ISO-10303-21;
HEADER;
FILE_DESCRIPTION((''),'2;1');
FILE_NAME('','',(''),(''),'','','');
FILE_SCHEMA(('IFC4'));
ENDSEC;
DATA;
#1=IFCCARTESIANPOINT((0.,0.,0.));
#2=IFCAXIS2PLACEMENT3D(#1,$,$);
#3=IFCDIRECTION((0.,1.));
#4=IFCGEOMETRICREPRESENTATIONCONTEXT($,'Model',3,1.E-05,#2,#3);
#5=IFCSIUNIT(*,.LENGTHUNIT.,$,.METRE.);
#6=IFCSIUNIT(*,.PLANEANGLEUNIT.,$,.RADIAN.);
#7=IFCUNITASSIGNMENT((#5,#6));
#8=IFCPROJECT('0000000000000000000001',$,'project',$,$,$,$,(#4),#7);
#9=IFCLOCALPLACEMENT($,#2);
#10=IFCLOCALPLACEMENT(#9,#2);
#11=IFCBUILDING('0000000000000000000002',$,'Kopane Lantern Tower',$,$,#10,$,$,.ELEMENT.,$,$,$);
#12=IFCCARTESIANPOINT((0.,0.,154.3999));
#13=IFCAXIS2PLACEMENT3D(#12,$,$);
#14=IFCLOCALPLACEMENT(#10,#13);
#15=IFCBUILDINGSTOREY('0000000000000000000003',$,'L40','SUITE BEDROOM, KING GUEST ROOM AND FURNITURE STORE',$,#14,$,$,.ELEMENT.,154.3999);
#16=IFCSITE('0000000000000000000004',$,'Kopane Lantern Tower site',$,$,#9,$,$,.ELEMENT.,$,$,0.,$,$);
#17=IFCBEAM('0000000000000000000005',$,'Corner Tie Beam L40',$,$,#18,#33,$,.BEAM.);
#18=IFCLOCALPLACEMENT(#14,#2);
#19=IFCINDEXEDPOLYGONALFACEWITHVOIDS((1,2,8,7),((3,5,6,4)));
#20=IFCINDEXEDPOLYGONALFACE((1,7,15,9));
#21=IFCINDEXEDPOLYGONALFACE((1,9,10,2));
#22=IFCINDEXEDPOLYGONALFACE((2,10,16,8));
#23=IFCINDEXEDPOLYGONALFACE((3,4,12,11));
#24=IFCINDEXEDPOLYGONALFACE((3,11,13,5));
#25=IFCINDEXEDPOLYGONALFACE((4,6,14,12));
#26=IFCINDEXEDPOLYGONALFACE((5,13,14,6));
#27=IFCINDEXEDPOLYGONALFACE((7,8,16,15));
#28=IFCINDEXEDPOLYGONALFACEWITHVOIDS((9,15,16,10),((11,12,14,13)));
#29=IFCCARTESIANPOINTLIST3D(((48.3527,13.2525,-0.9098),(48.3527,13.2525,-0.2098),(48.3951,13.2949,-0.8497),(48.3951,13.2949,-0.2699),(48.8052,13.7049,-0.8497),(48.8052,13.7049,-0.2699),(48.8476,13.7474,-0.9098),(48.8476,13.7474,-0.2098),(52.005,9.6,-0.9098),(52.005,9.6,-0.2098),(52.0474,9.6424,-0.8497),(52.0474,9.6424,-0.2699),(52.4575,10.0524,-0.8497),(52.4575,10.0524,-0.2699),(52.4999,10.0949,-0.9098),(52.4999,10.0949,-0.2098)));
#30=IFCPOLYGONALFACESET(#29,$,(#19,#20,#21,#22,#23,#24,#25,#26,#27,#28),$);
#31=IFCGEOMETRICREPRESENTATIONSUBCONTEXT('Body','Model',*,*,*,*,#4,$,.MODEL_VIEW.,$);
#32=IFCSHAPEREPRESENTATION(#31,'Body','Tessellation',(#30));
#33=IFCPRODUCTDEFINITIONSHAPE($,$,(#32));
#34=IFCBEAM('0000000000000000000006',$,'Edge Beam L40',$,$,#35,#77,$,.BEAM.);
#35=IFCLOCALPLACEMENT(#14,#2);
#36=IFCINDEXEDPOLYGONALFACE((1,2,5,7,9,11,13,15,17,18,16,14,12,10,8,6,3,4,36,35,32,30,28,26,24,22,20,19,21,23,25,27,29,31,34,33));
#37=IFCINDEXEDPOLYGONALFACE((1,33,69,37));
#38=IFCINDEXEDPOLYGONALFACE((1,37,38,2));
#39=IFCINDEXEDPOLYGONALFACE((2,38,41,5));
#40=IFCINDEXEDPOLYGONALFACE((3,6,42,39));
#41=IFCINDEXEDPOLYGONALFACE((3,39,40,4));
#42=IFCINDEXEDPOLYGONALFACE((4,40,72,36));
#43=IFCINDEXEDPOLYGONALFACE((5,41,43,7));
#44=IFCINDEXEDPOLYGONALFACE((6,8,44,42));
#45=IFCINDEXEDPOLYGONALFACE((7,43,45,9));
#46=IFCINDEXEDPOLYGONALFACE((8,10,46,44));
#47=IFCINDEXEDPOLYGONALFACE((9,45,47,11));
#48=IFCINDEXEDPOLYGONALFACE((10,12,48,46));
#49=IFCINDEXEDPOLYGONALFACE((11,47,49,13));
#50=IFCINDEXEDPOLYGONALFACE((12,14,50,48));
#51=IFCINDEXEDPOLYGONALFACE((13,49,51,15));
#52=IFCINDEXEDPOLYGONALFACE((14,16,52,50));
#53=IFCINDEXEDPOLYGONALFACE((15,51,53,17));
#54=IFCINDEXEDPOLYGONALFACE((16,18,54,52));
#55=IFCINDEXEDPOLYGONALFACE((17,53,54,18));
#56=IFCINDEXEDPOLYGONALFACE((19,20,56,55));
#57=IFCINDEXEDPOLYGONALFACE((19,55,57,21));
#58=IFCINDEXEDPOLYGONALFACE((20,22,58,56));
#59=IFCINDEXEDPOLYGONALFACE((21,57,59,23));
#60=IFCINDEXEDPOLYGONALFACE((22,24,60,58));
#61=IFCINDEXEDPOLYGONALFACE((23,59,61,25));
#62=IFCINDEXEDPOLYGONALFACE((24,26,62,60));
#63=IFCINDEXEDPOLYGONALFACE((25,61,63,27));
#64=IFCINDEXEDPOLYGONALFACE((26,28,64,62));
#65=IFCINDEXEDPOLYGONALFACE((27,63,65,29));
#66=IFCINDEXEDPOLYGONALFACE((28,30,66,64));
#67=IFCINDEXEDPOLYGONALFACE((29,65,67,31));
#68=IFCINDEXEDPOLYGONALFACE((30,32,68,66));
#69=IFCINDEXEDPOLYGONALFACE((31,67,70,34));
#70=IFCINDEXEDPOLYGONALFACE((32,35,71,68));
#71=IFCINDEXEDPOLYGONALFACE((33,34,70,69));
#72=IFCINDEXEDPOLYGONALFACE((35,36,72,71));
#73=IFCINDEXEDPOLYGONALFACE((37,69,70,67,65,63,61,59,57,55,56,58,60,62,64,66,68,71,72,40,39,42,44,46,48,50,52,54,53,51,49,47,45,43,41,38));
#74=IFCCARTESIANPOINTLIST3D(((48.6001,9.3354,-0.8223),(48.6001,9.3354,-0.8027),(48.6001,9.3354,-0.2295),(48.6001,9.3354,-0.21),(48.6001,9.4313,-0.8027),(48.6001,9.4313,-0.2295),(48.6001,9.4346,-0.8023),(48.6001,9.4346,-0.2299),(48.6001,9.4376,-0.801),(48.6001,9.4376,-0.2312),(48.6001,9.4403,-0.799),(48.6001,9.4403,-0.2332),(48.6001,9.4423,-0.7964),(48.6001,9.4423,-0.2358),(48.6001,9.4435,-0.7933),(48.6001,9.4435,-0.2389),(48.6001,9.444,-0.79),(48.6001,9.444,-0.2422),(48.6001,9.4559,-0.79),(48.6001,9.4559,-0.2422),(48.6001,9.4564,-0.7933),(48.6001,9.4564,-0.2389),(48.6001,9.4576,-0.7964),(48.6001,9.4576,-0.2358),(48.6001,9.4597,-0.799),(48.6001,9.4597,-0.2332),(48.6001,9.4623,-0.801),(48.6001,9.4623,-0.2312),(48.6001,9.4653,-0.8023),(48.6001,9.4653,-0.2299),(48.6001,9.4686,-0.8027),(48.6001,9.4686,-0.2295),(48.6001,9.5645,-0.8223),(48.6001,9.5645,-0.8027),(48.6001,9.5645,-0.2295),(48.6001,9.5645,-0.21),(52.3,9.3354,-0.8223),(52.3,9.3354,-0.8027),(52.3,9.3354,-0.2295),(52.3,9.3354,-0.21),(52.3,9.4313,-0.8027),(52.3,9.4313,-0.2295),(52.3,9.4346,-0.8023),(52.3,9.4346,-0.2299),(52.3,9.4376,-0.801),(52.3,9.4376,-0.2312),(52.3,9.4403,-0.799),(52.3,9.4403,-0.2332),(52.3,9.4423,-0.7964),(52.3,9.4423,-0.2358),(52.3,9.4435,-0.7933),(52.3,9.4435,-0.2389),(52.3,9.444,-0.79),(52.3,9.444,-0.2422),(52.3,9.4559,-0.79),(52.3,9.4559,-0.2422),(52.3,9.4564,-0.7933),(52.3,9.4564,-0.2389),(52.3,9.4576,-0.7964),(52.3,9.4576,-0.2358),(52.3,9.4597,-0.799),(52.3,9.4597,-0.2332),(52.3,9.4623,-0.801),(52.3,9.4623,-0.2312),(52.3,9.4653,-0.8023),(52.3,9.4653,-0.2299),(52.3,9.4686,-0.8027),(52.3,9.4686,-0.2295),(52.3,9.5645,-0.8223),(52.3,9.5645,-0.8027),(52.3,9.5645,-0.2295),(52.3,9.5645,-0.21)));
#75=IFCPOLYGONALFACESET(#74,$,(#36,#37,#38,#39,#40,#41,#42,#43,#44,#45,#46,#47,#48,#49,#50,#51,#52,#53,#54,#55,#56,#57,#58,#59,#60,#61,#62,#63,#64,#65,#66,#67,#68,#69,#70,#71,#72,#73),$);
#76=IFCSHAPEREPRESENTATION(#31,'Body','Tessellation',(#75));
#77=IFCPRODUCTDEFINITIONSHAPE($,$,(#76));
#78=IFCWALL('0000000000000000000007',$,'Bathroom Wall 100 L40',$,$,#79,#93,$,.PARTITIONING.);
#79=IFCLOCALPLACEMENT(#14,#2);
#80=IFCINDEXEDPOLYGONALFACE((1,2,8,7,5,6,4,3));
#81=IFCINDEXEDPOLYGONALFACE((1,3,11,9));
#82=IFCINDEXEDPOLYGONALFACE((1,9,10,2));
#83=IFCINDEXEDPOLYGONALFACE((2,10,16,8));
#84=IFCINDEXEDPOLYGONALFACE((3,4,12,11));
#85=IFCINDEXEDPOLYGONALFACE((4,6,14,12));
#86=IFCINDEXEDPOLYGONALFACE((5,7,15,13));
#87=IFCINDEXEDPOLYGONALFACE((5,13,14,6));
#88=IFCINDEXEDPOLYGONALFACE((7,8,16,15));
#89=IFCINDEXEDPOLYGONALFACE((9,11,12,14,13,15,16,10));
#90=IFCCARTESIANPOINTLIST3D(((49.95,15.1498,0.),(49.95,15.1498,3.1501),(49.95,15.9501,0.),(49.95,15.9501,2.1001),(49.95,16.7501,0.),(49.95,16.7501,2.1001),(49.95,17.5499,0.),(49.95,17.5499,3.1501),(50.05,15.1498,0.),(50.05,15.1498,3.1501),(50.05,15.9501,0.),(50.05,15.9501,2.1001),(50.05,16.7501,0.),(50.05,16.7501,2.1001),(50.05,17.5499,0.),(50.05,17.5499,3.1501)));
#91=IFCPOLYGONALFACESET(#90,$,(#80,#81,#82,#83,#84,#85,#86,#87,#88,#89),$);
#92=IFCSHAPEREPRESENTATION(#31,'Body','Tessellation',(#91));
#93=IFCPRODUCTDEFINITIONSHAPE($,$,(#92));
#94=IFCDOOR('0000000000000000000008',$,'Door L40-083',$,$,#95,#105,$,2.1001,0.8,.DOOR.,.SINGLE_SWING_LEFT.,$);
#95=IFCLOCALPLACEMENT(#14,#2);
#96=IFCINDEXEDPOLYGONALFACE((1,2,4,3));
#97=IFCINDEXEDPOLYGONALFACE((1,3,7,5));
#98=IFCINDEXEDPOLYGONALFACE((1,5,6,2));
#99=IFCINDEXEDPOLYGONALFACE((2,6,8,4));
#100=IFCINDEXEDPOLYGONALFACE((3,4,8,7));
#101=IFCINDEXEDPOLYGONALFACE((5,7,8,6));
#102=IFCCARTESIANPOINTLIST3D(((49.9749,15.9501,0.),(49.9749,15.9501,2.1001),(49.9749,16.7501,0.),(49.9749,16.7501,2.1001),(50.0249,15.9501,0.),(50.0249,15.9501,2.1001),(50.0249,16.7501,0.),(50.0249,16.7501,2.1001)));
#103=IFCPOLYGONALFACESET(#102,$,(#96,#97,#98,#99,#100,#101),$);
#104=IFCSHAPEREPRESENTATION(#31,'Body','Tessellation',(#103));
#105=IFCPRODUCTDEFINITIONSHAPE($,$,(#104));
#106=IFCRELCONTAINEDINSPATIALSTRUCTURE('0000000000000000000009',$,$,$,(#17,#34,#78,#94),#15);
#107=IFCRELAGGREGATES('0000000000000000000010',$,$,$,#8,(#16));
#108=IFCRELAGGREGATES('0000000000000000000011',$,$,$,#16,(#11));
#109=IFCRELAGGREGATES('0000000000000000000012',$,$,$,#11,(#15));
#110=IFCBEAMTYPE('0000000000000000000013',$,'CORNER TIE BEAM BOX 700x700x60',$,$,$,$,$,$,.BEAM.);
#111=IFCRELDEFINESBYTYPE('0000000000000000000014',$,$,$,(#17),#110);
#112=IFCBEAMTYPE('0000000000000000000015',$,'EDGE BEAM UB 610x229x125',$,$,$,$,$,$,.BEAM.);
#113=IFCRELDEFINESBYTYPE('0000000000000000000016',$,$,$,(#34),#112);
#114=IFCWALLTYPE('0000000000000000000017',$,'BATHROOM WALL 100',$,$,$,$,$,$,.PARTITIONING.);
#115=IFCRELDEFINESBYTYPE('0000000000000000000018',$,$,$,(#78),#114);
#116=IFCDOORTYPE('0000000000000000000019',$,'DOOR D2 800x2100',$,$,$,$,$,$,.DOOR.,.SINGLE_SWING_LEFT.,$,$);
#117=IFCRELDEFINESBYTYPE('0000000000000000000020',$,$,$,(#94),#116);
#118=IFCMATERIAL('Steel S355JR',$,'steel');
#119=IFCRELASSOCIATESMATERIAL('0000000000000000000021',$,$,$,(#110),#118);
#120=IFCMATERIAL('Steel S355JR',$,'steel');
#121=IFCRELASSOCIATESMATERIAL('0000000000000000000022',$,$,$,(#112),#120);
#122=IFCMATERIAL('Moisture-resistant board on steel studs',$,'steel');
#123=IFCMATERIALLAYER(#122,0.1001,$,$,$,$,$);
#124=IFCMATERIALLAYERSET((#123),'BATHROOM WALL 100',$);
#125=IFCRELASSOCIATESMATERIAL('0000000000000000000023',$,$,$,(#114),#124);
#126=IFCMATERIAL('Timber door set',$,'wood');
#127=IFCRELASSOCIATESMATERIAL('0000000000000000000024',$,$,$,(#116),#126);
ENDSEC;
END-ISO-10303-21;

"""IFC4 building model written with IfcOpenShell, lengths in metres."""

from ifc_helpers import new_model, si_unit, direction, frame, frame_2d, origin, origin_2d, place, context, subcontext, project, spatial, rectangle, hollow_rectangle, i_section, extrude, material, layer, layer_set, material_profile, profile_set, type_object, element, fill, save


model = new_model("IFC4")

# Units and contexts
model_context = context("Model", 3, precision=1e-05, world=origin(), true_north=direction((0.0, 1.0)))
body_context = subcontext(model_context, "Body", "Model", "MODEL_VIEW")
ifc_project = project(units=[si_unit("LENGTHUNIT", "METRE"), si_unit("PLANEANGLEUNIT", "RADIAN")], contexts=[model_context])

# Site, building, storey
site_placement = place(None, origin())
site = spatial("IfcSite", under=ifc_project, at=site_placement, Name="Kopane Lantern Tower site", CompositionType="ELEMENT", RefElevation=0.0)
building_placement = place(site_placement, origin())
building = spatial("IfcBuilding", under=site, at=building_placement, Name="Kopane Lantern Tower", CompositionType="ELEMENT")
storey_placement = place(building_placement, frame((0.0, 0.0, 154.3999)))
storey = spatial("IfcBuildingStorey", under=building, at=storey_placement, Name="L40", Description="SUITE BEDROOM, KING GUEST ROOM AND FURNITURE STORE", CompositionType="ELEMENT", Elevation=154.3999)

# Beams
ifc_material_1 = material(Name="Steel S355JR", Category="steel")
ifc_material_profile_1 = material_profile(ifc_material_1, hollow_rectangle(XDim=0.7, YDim=0.7, WallThickness=0.0601, at=origin_2d()), Name="BOX 700x700x60")
ifc_profile_set_1 = profile_set([ifc_material_profile_1], Name="Steel S355JR")
beam_type_1 = type_object("IfcBeamType", Name="CORNER TIE BEAM BOX 700x700x60", PredefinedType="BEAM", material=ifc_profile_set_1)
beam_1_placement = place(storey_placement, frame((52.2524, 9.8474, -0.5598), z_axis=(-0.707083, 0.70713, 0.0), x_axis=(-0.70713, -0.707083, 0.0)))
element("IfcBeam", 1, at=beam_1_placement, inside=storey, type_object=beam_type_1, Name="Corner Tie Beam L40", PredefinedType="BEAM", context=body_context, shape_type="SweptSolid", body=[
    extrude(hollow_rectangle(XDim=0.7, YDim=0.7, WallThickness=0.0601, at=origin_2d()), origin(), (0.0, 0.0, 1.0), 5.1653),
])
ifc_material_2 = material(Name="Steel S355JR", Category="steel")
ifc_material_profile_2 = material_profile(ifc_material_2, i_section(OverallWidth=0.229, OverallDepth=0.6123, WebThickness=0.012, FlangeThickness=0.0195, FilletRadius=0.0127, at=origin_2d()), Name="UB 610x229x125")
ifc_profile_set_2 = profile_set([ifc_material_profile_2], Name="Steel S355JR")
beam_type_2 = type_object("IfcBeamType", Name="EDGE BEAM UB 610x229x125", PredefinedType="BEAM", material=ifc_profile_set_2)
beam_2_placement = place(storey_placement, frame((52.3, 9.45, -0.5161), z_axis=(-1.0, 0.0, 0.0), x_axis=(0.0, -1.0, 0.0)))
element("IfcBeam", 2, at=beam_2_placement, inside=storey, type_object=beam_type_2, Name="Edge Beam L40", PredefinedType="BEAM", context=body_context, shape_type="SweptSolid", body=[
    extrude(i_section(OverallWidth=0.229, OverallDepth=0.6123, WebThickness=0.012, FlangeThickness=0.0195, FilletRadius=0.0127, at=origin_2d()), origin(), (0.0, 0.0, 1.0), 3.7),
])

# Wall, opening, door
ifc_material_3 = material(Name="Moisture-resistant board on steel studs", Category="steel")
ifc_layer_1 = layer(ifc_material_3, 0.1001)
ifc_layer_set_1 = layer_set([ifc_layer_1], Name="BATHROOM WALL 100")
wall_type_1 = type_object("IfcWallType", Name="BATHROOM WALL 100", PredefinedType="PARTITIONING", material=ifc_layer_set_1)
wall_1_placement = place(storey_placement, frame((50.0, 17.55, 0.0), z_axis=(0.0, 0.0, 1.0), x_axis=(0.0, -1.0, 0.0)))
wall_1 = element("IfcWall", 3, at=wall_1_placement, inside=storey, type_object=wall_type_1, Name="Bathroom Wall 100 L40", PredefinedType="PARTITIONING", context=body_context, shape_type="SweptSolid", body=[
    extrude(rectangle(XDim=2.4001, YDim=0.1001, at=frame_2d((1.2002, 0.0))), origin(), (0.0, 0.0, 1.0), 3.1501),
])
opening_1_placement = place(wall_1_placement, frame((0.8, 0.0, 0.0)))
opening_1 = element("IfcOpeningElement", 4, at=opening_1_placement, cuts=wall_1, PredefinedType="OPENING", context=body_context, shape_type="SweptSolid", body=[
    extrude(rectangle(XDim=0.8, YDim=2.1001, at=frame_2d((0.3999, 1.05))), frame((0.0, 0.0601, 0.0), z_axis=(0.0, -1.0, 0.0), x_axis=(1.0, 0.0, 0.0)), (0.0, 0.0, 1.0), 0.1201),
])
ifc_material_4 = material(Name="Timber door set", Category="wood")
door_type_1 = type_object("IfcDoorType", Name="DOOR D2 800x2100", OperationType="SINGLE_SWING_LEFT", PredefinedType="DOOR", material=ifc_material_4)
door_1_placement = place(opening_1_placement, origin())
door_1 = element("IfcDoor", 5, at=door_1_placement, inside=storey, type_object=door_type_1, Name="Door L40-083", OperationType="SINGLE_SWING_LEFT", OverallHeight=2.1001, OverallWidth=0.8, PredefinedType="DOOR", context=body_context, shape_type="SweptSolid", body=[
    extrude(rectangle(XDim=0.8, YDim=2.1001, at=frame_2d((0.3999, 1.05))), frame((0.0, 0.0249, 0.0), z_axis=(0.0, -1.0, 0.0), x_axis=(1.0, 0.0, 0.0)), (0.0, 0.0, 1.0), 0.05),
])
fill(opening_1, door_1)

save(model, "model.ifc")
